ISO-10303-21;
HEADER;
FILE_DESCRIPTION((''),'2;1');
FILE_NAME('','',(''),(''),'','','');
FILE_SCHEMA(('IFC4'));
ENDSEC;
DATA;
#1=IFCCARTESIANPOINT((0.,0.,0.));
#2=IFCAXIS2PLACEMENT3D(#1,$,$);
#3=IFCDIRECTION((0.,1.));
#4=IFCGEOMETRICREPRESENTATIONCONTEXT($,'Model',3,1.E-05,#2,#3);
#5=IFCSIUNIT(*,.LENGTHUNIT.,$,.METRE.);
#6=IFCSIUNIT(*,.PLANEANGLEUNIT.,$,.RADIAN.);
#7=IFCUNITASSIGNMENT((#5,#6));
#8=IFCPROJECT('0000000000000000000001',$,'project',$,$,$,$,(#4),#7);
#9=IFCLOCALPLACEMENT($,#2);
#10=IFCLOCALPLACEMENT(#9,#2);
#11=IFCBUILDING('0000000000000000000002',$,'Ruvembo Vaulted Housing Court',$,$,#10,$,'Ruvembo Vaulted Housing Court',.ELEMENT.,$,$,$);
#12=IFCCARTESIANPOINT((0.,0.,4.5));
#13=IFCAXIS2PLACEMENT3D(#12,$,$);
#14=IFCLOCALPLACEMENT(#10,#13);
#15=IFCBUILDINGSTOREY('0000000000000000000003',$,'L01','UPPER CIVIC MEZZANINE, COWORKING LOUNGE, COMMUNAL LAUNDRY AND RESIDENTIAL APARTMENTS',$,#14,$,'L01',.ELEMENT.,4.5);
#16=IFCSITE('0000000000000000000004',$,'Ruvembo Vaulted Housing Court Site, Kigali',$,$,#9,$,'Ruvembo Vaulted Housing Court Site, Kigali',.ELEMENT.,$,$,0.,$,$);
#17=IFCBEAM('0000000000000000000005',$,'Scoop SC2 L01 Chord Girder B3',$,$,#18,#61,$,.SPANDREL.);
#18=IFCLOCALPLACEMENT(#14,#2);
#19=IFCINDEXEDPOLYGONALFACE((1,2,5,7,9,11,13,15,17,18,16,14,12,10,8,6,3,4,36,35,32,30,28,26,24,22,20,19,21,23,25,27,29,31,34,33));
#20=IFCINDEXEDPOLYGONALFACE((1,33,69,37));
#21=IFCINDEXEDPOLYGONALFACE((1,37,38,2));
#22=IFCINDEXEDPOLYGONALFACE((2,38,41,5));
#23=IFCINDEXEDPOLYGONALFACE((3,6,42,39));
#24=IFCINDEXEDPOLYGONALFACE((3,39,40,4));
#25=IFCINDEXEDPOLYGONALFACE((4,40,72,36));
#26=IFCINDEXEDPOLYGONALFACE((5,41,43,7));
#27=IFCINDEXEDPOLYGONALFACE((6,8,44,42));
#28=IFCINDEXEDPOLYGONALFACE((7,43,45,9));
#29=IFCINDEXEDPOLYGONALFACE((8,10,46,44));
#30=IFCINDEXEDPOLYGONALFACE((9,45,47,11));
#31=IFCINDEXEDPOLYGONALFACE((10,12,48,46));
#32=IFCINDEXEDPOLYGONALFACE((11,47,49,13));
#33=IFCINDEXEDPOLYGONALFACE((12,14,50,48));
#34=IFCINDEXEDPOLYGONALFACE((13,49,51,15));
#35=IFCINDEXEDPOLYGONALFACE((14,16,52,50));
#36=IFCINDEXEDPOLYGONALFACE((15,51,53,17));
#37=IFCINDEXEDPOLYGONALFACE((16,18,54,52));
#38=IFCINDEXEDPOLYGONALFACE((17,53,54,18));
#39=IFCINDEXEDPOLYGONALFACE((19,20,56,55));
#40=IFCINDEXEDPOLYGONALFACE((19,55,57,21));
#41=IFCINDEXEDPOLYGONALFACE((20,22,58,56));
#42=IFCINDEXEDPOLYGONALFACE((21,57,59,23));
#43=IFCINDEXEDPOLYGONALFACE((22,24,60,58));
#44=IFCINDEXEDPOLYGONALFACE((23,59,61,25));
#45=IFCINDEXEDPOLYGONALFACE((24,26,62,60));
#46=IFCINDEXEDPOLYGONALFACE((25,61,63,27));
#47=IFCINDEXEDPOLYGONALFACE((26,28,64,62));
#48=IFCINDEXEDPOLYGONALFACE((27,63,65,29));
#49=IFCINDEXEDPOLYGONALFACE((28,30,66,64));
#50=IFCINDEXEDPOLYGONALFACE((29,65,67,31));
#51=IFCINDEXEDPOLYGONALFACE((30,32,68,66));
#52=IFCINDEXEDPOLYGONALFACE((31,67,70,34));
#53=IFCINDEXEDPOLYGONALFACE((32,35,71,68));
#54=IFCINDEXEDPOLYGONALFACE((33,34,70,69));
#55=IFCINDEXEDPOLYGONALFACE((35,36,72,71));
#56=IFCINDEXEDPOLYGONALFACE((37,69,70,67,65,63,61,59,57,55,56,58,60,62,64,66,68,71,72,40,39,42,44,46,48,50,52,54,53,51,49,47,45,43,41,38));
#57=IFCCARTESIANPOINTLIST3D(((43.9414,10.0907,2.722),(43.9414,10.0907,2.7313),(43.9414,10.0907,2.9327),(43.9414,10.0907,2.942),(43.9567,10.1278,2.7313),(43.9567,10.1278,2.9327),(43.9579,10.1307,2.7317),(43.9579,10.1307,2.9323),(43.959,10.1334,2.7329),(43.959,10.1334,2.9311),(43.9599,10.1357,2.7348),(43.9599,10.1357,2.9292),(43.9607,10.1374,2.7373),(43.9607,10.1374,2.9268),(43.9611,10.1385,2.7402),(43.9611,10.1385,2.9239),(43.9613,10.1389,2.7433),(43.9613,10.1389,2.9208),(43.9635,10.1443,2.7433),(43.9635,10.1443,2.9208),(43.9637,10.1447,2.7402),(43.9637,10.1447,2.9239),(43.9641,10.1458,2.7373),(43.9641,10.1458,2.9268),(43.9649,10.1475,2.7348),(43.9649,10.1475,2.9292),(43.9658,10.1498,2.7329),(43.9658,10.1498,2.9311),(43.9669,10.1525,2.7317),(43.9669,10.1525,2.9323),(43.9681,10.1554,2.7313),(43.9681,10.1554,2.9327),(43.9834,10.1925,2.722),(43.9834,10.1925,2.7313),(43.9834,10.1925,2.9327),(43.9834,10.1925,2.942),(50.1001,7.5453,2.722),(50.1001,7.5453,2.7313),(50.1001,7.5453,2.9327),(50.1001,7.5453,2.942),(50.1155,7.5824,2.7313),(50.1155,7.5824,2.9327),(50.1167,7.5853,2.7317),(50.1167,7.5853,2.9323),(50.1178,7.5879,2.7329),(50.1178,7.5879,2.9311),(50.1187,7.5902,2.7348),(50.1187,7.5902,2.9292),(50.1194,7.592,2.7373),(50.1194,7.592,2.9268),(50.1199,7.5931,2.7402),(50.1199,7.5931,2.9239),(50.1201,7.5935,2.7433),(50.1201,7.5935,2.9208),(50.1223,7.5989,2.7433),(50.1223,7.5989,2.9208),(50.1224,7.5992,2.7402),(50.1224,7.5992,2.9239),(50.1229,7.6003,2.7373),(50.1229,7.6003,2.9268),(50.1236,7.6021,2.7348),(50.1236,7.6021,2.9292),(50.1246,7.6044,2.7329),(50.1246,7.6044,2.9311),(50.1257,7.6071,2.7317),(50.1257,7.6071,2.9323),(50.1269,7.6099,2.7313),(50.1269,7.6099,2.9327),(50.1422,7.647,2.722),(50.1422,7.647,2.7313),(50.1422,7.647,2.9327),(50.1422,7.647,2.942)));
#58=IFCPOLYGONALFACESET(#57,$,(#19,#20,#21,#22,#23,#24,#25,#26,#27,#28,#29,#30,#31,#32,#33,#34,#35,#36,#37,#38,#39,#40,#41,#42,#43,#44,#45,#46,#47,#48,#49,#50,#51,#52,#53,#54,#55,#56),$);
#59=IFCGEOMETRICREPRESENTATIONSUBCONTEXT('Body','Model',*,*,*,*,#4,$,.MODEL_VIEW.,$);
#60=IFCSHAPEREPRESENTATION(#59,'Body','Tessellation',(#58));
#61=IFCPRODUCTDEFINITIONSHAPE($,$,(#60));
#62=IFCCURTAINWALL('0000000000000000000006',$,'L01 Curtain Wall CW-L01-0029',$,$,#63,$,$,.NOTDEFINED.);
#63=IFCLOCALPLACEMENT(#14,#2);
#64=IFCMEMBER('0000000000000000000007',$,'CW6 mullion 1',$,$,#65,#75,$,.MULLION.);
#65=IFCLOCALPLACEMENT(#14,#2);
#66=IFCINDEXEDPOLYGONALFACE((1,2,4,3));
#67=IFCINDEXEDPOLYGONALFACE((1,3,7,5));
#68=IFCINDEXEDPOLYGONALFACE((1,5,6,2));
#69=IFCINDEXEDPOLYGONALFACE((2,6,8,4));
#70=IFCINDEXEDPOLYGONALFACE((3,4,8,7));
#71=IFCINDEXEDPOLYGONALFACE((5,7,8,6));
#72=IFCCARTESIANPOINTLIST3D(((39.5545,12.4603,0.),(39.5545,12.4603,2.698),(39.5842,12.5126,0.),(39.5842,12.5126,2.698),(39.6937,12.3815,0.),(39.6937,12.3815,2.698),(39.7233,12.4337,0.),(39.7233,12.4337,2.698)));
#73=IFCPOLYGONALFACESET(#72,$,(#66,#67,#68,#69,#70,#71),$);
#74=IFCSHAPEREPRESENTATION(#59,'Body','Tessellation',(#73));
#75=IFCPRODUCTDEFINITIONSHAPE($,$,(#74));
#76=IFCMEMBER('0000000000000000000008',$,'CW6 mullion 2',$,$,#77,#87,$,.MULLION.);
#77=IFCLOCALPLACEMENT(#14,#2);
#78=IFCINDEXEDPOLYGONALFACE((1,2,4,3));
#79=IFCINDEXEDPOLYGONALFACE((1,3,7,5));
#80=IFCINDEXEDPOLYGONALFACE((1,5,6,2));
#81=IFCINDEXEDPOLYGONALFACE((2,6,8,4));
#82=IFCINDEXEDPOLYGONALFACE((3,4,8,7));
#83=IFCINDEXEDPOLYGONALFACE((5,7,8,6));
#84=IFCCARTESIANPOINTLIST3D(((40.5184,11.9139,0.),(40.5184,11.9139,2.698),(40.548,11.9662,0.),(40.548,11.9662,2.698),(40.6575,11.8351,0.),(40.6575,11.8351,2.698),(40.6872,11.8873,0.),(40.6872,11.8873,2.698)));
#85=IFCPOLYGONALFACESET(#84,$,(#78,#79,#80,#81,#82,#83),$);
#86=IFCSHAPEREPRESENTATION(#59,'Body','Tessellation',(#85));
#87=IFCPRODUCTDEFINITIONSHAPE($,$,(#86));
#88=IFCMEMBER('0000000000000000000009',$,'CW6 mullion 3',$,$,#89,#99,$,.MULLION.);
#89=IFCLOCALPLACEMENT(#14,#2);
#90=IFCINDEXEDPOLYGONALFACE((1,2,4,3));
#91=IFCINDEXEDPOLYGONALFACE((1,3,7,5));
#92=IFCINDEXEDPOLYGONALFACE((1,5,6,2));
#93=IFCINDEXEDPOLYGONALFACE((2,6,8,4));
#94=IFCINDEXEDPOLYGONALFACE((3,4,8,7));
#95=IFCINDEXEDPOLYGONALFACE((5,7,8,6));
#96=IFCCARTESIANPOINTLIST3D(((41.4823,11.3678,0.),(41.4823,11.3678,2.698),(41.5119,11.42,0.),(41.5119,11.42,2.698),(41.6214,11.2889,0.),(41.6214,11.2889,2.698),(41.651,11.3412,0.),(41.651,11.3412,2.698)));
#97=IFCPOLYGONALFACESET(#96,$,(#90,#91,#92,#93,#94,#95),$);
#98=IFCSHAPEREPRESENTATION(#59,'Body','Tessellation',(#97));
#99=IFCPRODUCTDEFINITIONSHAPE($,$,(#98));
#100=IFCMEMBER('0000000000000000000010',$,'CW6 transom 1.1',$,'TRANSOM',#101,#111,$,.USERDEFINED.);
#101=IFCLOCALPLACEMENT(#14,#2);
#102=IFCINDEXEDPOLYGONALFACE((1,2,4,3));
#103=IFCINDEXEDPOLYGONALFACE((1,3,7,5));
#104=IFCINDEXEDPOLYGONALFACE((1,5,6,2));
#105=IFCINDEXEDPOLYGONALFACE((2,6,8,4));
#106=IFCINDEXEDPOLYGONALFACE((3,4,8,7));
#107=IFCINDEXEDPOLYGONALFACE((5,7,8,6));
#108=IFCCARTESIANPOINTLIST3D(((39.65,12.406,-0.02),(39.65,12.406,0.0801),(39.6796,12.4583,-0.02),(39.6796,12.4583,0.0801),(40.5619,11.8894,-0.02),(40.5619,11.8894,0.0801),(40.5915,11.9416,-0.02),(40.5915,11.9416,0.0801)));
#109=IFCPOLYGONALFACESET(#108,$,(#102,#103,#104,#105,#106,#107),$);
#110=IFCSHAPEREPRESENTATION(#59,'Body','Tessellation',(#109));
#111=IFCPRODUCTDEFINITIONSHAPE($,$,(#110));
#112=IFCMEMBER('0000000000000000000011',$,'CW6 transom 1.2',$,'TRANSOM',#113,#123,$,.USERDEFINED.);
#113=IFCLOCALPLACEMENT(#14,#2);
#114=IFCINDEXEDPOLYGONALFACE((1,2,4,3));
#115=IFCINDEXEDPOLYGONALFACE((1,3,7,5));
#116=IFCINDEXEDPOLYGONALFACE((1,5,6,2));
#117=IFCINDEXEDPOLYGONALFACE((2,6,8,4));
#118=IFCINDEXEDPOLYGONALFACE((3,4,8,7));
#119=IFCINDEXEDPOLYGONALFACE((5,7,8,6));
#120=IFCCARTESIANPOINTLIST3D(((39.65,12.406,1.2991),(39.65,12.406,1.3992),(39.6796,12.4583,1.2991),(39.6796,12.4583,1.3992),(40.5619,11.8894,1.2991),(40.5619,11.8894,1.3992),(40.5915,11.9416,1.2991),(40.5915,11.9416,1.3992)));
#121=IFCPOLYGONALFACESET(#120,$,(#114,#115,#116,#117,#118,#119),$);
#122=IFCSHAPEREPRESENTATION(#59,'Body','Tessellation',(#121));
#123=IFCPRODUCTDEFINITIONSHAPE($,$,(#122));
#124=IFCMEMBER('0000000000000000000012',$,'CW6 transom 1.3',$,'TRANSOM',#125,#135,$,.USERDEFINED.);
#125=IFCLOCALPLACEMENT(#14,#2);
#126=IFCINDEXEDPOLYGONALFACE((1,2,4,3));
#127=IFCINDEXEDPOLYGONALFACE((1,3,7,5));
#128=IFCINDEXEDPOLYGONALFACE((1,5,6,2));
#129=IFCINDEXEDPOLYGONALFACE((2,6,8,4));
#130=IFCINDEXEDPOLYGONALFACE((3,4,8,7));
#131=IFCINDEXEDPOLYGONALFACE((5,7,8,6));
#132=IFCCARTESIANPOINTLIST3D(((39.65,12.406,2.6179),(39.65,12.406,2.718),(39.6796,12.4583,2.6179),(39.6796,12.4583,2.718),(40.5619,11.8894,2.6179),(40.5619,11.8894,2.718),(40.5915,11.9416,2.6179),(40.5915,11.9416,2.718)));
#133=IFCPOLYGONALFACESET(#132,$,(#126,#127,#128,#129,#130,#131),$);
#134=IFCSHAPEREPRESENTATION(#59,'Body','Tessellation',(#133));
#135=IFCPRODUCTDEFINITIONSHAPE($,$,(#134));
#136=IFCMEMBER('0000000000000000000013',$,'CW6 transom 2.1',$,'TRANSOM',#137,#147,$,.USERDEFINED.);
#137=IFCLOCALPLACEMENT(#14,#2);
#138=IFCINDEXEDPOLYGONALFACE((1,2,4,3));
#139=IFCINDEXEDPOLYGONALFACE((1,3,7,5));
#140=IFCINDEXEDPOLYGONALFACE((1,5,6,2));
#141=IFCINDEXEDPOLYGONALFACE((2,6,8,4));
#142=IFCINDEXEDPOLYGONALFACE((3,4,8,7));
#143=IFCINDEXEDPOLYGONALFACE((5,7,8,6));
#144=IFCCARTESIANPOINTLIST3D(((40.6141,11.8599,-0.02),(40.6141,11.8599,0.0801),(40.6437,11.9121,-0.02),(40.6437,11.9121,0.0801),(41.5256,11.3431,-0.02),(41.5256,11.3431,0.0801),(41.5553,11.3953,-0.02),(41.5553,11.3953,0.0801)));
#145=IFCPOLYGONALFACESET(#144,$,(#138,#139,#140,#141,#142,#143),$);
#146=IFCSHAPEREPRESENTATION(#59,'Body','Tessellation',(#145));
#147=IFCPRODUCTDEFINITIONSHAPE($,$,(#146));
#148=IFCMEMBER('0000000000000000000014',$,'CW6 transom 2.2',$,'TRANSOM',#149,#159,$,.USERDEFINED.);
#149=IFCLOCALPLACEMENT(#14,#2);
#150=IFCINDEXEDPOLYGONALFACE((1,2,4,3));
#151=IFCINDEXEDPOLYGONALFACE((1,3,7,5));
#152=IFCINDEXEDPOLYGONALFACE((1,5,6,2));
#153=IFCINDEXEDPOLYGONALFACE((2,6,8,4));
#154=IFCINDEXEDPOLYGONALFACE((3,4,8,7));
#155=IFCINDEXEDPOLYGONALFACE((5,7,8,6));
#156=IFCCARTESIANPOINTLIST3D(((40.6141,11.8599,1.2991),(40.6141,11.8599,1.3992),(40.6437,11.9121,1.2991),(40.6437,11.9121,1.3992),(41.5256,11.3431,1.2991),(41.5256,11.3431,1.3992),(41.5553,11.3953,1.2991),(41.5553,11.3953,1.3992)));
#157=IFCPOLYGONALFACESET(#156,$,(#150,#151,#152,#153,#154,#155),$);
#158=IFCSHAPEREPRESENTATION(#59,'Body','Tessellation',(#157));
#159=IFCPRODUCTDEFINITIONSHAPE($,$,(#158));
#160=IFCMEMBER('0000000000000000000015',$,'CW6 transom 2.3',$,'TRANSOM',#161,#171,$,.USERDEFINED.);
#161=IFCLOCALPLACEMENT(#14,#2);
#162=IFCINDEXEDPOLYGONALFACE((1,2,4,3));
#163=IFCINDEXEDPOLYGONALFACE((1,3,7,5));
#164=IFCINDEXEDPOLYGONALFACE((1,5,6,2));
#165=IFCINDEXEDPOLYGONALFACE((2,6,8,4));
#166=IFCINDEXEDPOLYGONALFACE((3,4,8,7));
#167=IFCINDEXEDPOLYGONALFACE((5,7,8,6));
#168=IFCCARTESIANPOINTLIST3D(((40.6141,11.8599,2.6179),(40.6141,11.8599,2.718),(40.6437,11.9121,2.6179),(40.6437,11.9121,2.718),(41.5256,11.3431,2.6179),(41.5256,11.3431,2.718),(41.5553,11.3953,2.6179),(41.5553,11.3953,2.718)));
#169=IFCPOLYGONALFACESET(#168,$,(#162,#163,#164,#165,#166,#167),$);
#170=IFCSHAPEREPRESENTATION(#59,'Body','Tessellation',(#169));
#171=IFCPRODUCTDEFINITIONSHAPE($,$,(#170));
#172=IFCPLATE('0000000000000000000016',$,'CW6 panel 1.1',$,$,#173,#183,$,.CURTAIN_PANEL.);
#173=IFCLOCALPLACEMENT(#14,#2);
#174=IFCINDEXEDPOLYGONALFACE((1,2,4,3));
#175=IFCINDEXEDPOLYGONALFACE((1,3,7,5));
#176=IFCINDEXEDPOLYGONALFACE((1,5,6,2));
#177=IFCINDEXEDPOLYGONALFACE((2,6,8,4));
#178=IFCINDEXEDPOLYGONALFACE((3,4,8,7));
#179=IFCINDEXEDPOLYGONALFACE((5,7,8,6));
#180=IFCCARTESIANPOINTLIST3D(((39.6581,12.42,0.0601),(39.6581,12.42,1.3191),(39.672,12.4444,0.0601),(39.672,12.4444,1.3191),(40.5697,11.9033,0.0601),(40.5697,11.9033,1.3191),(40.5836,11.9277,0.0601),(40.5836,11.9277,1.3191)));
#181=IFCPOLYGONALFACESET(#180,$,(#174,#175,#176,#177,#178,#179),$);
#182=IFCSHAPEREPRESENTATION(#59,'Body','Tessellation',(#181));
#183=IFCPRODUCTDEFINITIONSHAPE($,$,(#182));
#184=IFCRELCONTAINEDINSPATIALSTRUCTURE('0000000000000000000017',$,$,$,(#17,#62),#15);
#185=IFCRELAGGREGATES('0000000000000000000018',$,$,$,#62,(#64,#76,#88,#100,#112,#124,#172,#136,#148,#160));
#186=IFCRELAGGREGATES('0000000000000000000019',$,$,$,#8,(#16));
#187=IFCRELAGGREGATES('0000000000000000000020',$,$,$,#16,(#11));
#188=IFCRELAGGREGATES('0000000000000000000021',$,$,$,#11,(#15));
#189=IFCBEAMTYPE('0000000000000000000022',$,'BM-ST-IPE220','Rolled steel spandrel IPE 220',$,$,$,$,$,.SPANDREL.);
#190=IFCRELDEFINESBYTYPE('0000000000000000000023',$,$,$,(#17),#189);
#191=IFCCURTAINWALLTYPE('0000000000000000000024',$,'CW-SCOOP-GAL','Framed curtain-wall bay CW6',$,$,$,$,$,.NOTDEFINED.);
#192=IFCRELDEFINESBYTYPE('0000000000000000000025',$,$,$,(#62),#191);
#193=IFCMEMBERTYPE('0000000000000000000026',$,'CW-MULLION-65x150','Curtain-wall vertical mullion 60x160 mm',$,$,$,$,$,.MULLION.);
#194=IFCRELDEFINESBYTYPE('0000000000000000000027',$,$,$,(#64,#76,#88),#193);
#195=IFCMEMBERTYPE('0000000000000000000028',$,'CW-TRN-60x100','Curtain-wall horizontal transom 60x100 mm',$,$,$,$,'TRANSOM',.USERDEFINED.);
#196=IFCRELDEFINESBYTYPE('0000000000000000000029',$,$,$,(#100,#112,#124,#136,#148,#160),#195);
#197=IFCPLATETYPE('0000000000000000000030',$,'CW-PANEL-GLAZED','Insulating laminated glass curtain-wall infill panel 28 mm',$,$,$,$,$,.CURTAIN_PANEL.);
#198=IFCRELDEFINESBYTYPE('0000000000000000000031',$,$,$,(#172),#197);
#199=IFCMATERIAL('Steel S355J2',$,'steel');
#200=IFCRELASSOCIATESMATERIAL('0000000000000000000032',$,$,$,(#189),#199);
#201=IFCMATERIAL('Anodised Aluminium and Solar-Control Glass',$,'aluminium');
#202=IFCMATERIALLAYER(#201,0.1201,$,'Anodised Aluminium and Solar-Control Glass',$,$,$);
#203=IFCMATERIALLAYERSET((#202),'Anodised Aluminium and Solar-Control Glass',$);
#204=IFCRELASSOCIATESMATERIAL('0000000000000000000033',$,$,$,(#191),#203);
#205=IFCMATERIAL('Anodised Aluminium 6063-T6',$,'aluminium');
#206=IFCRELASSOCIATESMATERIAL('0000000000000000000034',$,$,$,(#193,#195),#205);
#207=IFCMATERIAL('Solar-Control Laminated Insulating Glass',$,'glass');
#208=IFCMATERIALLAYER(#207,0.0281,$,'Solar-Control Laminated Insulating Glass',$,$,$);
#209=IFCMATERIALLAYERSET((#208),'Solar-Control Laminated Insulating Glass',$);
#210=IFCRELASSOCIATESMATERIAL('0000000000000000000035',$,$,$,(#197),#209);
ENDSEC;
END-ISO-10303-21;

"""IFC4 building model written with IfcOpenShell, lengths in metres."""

from ifc_helpers import new_model, si_unit, direction, frame, origin, origin_2d, place, context, subcontext, project, spatial, rectangle, i_section, extrude, material, layer, layer_set, material_profile, profile_set, type_object, element, aggregate, save


model = new_model("IFC4")

# Units and contexts
model_context = context("Model", 3, precision=1e-05, world=origin(), true_north=direction((0.0, 1.0)))
body_context = subcontext(model_context, "Body", "Model", "MODEL_VIEW")
ifc_project = project(units=[si_unit("LENGTHUNIT", "METRE"), si_unit("PLANEANGLEUNIT", "RADIAN")], contexts=[model_context])

# Site, building, storey
site_placement = place(None, origin())
site = spatial("IfcSite", under=ifc_project, at=site_placement, Name="Ruvembo Vaulted Housing Court Site, Kigali", LongName="Ruvembo Vaulted Housing Court Site, Kigali", CompositionType="ELEMENT", RefElevation=0.0)
building_placement = place(site_placement, origin())
building = spatial("IfcBuilding", under=site, at=building_placement, Name="Ruvembo Vaulted Housing Court", LongName="Ruvembo Vaulted Housing Court", CompositionType="ELEMENT")
storey_placement = place(building_placement, frame((0.0, 0.0, 4.5)))
storey = spatial("IfcBuildingStorey", under=building, at=storey_placement, Name="L01", Description="UPPER CIVIC MEZZANINE, COWORKING LOUNGE, COMMUNAL LAUNDRY AND RESIDENTIAL APARTMENTS", LongName="L01", CompositionType="ELEMENT", Elevation=4.5)

# Beam
ifc_material_1 = material(Name="Steel S355J2", Category="steel")
ifc_material_profile_1 = material_profile(ifc_material_1, i_section(OverallWidth=0.1101, OverallDepth=0.22, WebThickness=0.0059, FlangeThickness=0.0093, FilletRadius=0.012, at=origin_2d()), Name="IPE 220")
ifc_profile_set_1 = profile_set([ifc_material_profile_1], Name="Steel S355J2")
beam_type_1 = type_object("IfcBeamType", Name="BM-ST-IPE220", Description="Rolled steel spandrel IPE 220", PredefinedType="SPANDREL", material=ifc_profile_set_1)
beam_1_placement = place(storey_placement, frame((43.9624, 10.1416, 2.832), z_axis=(0.924177, -0.381966, 0.0), x_axis=(0.381966, 0.924177, 0.0)))
element("IfcBeam", 1, at=beam_1_placement, inside=storey, type_object=beam_type_1, Name="Scoop SC2 L01 Chord Girder B3", PredefinedType="SPANDREL", context=body_context, shape_type="SweptSolid", body=[
    extrude(i_section(OverallWidth=0.1101, OverallDepth=0.22, WebThickness=0.0059, FlangeThickness=0.0093, FilletRadius=0.012, at=origin_2d()), origin(), (0.0, 0.0, 1.0), 6.6641),
])

# Curtain wall, members, plate
ifc_material_2 = material(Name="Anodised Aluminium and Solar-Control Glass", Category="aluminium")
ifc_layer_1 = layer(ifc_material_2, 0.1201, Name="Anodised Aluminium and Solar-Control Glass")
ifc_layer_set_1 = layer_set([ifc_layer_1], Name="Anodised Aluminium and Solar-Control Glass")
curtain_wall_type = type_object("IfcCurtainWallType", Name="CW-SCOOP-GAL", Description="Framed curtain-wall bay CW6", PredefinedType="NOTDEFINED", material=ifc_layer_set_1)
curtain_wall_placement = place(storey_placement, origin())
curtain_wall = element("IfcCurtainWall", 2, at=curtain_wall_placement, inside=storey, type_object=curtain_wall_type, Name="L01 Curtain Wall CW-L01-0029", PredefinedType="NOTDEFINED")
ifc_material_3 = material(Name="Anodised Aluminium 6063-T6", Category="aluminium")
ifc_material_profile_2 = material_profile(ifc_material_3, rectangle(XDim=0.0601, YDim=0.1599, at=origin_2d()), Name="ALU 60x160")
ifc_profile_set_2 = profile_set([ifc_material_profile_2], Name="Anodised Aluminium 6063-T6")
member_type_1 = type_object("IfcMemberType", Name="CW-MULLION-65x150", Description="Curtain-wall vertical mullion 60x160 mm", PredefinedType="MULLION", material=ifc_profile_set_2)
member_1_placement = place(storey_placement, frame((39.6389, 12.447, 0.0), z_axis=(0.0, 0.0, 1.0), x_axis=(0.493079, 0.869984, 0.0)))
member_1 = element("IfcMember", 3, at=member_1_placement, type_object=member_type_1, Name="CW6 mullion 1", PredefinedType="MULLION", context=body_context, shape_type="SweptSolid", body=[
    extrude(rectangle(XDim=0.0601, YDim=0.1599, at=origin_2d()), origin(), (0.0, 0.0, 1.0), 2.698),
])
member_2_placement = place(storey_placement, frame((40.6028, 11.9006, 0.0), z_axis=(0.0, 0.0, 1.0), x_axis=(0.493079, 0.869984, 0.0)))
member_2 = element("IfcMember", 4, at=member_2_placement, type_object=member_type_1, Name="CW6 mullion 2", PredefinedType="MULLION", context=body_context, shape_type="SweptSolid", body=[
    extrude(rectangle(XDim=0.0601, YDim=0.1599, at=origin_2d()), origin(), (0.0, 0.0, 1.0), 2.698),
])
member_3_placement = place(storey_placement, frame((41.5667, 11.3545, 0.0), z_axis=(0.0, 0.0, 1.0), x_axis=(0.493079, 0.869984, 0.0)))
member_3 = element("IfcMember", 5, at=member_3_placement, type_object=member_type_1, Name="CW6 mullion 3", PredefinedType="MULLION", context=body_context, shape_type="SweptSolid", body=[
    extrude(rectangle(XDim=0.0601, YDim=0.1599, at=origin_2d()), origin(), (0.0, 0.0, 1.0), 2.698),
])
ifc_material_profile_3 = material_profile(ifc_material_3, rectangle(XDim=0.0601, YDim=0.1001, at=origin_2d()), Name="ALU 60x100")
ifc_profile_set_3 = profile_set([ifc_material_profile_3], Name="Anodised Aluminium 6063-T6")
member_type_2 = type_object("IfcMemberType", Name="CW-TRN-60x100", Description="Curtain-wall horizontal transom 60x100 mm", ElementType="TRANSOM", PredefinedType="USERDEFINED", material=ifc_profile_set_3)
member_4_placement = place(storey_placement, frame((39.6648, 12.4321, 0.03), z_axis=(0.870072, -0.492924, 0.0), x_axis=(0.492924, 0.870072, 0.0)))
member_4 = element("IfcMember", 6, at=member_4_placement, type_object=member_type_2, Name="CW6 transom 1.1", ObjectType="TRANSOM", PredefinedType="USERDEFINED", context=body_context, shape_type="SweptSolid", body=[
    extrude(rectangle(XDim=0.0601, YDim=0.1001, at=origin_2d()), origin(), (0.0, 0.0, 1.0), 1.0481),
])
member_5_placement = place(storey_placement, frame((39.6648, 12.4321, 1.3491), z_axis=(0.870072, -0.492924, 0.0), x_axis=(0.492924, 0.870072, 0.0)))
member_5 = element("IfcMember", 7, at=member_5_placement, type_object=member_type_2, Name="CW6 transom 1.2", ObjectType="TRANSOM", PredefinedType="USERDEFINED", context=body_context, shape_type="SweptSolid", body=[
    extrude(rectangle(XDim=0.0601, YDim=0.1001, at=origin_2d()), origin(), (0.0, 0.0, 1.0), 1.0481),
])
member_6_placement = place(storey_placement, frame((39.6648, 12.4321, 2.668), z_axis=(0.870072, -0.492924, 0.0), x_axis=(0.492924, 0.870072, 0.0)))
member_6 = element("IfcMember", 8, at=member_6_placement, type_object=member_type_2, Name="CW6 transom 1.3", ObjectType="TRANSOM", PredefinedType="USERDEFINED", context=body_context, shape_type="SweptSolid", body=[
    extrude(rectangle(XDim=0.0601, YDim=0.1001, at=origin_2d()), origin(), (0.0, 0.0, 1.0), 1.0481),
])
member_7_placement = place(storey_placement, frame((40.6289, 11.886, 0.03), z_axis=(0.869916, -0.493201, 0.0), x_axis=(0.493201, 0.869916, 0.0)))
member_7 = element("IfcMember", 9, at=member_7_placement, type_object=member_type_2, Name="CW6 transom 2.1", ObjectType="TRANSOM", PredefinedType="USERDEFINED", context=body_context, shape_type="SweptSolid", body=[
    extrude(rectangle(XDim=0.0601, YDim=0.1001, at=origin_2d()), origin(), (0.0, 0.0, 1.0), 1.0479),
])
member_8_placement = place(storey_placement, frame((40.6289, 11.886, 1.3491), z_axis=(0.869916, -0.493201, 0.0), x_axis=(0.493201, 0.869916, 0.0)))
member_8 = element("IfcMember", 10, at=member_8_placement, type_object=member_type_2, Name="CW6 transom 2.2", ObjectType="TRANSOM", PredefinedType="USERDEFINED", context=body_context, shape_type="SweptSolid", body=[
    extrude(rectangle(XDim=0.0601, YDim=0.1001, at=origin_2d()), origin(), (0.0, 0.0, 1.0), 1.0479),
])
member_9_placement = place(storey_placement, frame((40.6289, 11.886, 2.668), z_axis=(0.869916, -0.493201, 0.0), x_axis=(0.493201, 0.869916, 0.0)))
member_9 = element("IfcMember", 11, at=member_9_placement, type_object=member_type_2, Name="CW6 transom 2.3", ObjectType="TRANSOM", PredefinedType="USERDEFINED", context=body_context, shape_type="SweptSolid", body=[
    extrude(rectangle(XDim=0.0601, YDim=0.1001, at=origin_2d()), origin(), (0.0, 0.0, 1.0), 1.0479),
])
ifc_material_4 = material(Name="Solar-Control Laminated Insulating Glass", Category="glass")
ifc_layer_2 = layer(ifc_material_4, 0.0281, Name="Solar-Control Laminated Insulating Glass")
ifc_layer_set_2 = layer_set([ifc_layer_2], Name="Solar-Control Laminated Insulating Glass")
plate_type = type_object("IfcPlateType", Name="CW-PANEL-GLAZED", Description="Insulating laminated glass curtain-wall infill panel 28 mm", PredefinedType="CURTAIN_PANEL", material=ifc_layer_set_2)
plate_1_placement = place(storey_placement, frame((40.1208, 12.1738, 0.0601), z_axis=(0.0, 0.0, 1.0), x_axis=(0.869984, -0.493079, 0.0)))
plate_1 = element("IfcPlate", 12, at=plate_1_placement, type_object=plate_type, Name="CW6 panel 1.1", PredefinedType="CURTAIN_PANEL", context=body_context, shape_type="SweptSolid", body=[
    extrude(rectangle(XDim=1.0479, YDim=0.0281, at=origin_2d()), origin(), (0.0, 0.0, 1.0), 1.259),
])
aggregate(curtain_wall, [member_1, member_2, member_3, member_4, member_5, member_6, plate_1, member_7, member_8, member_9])

save(model, "model.ifc")
